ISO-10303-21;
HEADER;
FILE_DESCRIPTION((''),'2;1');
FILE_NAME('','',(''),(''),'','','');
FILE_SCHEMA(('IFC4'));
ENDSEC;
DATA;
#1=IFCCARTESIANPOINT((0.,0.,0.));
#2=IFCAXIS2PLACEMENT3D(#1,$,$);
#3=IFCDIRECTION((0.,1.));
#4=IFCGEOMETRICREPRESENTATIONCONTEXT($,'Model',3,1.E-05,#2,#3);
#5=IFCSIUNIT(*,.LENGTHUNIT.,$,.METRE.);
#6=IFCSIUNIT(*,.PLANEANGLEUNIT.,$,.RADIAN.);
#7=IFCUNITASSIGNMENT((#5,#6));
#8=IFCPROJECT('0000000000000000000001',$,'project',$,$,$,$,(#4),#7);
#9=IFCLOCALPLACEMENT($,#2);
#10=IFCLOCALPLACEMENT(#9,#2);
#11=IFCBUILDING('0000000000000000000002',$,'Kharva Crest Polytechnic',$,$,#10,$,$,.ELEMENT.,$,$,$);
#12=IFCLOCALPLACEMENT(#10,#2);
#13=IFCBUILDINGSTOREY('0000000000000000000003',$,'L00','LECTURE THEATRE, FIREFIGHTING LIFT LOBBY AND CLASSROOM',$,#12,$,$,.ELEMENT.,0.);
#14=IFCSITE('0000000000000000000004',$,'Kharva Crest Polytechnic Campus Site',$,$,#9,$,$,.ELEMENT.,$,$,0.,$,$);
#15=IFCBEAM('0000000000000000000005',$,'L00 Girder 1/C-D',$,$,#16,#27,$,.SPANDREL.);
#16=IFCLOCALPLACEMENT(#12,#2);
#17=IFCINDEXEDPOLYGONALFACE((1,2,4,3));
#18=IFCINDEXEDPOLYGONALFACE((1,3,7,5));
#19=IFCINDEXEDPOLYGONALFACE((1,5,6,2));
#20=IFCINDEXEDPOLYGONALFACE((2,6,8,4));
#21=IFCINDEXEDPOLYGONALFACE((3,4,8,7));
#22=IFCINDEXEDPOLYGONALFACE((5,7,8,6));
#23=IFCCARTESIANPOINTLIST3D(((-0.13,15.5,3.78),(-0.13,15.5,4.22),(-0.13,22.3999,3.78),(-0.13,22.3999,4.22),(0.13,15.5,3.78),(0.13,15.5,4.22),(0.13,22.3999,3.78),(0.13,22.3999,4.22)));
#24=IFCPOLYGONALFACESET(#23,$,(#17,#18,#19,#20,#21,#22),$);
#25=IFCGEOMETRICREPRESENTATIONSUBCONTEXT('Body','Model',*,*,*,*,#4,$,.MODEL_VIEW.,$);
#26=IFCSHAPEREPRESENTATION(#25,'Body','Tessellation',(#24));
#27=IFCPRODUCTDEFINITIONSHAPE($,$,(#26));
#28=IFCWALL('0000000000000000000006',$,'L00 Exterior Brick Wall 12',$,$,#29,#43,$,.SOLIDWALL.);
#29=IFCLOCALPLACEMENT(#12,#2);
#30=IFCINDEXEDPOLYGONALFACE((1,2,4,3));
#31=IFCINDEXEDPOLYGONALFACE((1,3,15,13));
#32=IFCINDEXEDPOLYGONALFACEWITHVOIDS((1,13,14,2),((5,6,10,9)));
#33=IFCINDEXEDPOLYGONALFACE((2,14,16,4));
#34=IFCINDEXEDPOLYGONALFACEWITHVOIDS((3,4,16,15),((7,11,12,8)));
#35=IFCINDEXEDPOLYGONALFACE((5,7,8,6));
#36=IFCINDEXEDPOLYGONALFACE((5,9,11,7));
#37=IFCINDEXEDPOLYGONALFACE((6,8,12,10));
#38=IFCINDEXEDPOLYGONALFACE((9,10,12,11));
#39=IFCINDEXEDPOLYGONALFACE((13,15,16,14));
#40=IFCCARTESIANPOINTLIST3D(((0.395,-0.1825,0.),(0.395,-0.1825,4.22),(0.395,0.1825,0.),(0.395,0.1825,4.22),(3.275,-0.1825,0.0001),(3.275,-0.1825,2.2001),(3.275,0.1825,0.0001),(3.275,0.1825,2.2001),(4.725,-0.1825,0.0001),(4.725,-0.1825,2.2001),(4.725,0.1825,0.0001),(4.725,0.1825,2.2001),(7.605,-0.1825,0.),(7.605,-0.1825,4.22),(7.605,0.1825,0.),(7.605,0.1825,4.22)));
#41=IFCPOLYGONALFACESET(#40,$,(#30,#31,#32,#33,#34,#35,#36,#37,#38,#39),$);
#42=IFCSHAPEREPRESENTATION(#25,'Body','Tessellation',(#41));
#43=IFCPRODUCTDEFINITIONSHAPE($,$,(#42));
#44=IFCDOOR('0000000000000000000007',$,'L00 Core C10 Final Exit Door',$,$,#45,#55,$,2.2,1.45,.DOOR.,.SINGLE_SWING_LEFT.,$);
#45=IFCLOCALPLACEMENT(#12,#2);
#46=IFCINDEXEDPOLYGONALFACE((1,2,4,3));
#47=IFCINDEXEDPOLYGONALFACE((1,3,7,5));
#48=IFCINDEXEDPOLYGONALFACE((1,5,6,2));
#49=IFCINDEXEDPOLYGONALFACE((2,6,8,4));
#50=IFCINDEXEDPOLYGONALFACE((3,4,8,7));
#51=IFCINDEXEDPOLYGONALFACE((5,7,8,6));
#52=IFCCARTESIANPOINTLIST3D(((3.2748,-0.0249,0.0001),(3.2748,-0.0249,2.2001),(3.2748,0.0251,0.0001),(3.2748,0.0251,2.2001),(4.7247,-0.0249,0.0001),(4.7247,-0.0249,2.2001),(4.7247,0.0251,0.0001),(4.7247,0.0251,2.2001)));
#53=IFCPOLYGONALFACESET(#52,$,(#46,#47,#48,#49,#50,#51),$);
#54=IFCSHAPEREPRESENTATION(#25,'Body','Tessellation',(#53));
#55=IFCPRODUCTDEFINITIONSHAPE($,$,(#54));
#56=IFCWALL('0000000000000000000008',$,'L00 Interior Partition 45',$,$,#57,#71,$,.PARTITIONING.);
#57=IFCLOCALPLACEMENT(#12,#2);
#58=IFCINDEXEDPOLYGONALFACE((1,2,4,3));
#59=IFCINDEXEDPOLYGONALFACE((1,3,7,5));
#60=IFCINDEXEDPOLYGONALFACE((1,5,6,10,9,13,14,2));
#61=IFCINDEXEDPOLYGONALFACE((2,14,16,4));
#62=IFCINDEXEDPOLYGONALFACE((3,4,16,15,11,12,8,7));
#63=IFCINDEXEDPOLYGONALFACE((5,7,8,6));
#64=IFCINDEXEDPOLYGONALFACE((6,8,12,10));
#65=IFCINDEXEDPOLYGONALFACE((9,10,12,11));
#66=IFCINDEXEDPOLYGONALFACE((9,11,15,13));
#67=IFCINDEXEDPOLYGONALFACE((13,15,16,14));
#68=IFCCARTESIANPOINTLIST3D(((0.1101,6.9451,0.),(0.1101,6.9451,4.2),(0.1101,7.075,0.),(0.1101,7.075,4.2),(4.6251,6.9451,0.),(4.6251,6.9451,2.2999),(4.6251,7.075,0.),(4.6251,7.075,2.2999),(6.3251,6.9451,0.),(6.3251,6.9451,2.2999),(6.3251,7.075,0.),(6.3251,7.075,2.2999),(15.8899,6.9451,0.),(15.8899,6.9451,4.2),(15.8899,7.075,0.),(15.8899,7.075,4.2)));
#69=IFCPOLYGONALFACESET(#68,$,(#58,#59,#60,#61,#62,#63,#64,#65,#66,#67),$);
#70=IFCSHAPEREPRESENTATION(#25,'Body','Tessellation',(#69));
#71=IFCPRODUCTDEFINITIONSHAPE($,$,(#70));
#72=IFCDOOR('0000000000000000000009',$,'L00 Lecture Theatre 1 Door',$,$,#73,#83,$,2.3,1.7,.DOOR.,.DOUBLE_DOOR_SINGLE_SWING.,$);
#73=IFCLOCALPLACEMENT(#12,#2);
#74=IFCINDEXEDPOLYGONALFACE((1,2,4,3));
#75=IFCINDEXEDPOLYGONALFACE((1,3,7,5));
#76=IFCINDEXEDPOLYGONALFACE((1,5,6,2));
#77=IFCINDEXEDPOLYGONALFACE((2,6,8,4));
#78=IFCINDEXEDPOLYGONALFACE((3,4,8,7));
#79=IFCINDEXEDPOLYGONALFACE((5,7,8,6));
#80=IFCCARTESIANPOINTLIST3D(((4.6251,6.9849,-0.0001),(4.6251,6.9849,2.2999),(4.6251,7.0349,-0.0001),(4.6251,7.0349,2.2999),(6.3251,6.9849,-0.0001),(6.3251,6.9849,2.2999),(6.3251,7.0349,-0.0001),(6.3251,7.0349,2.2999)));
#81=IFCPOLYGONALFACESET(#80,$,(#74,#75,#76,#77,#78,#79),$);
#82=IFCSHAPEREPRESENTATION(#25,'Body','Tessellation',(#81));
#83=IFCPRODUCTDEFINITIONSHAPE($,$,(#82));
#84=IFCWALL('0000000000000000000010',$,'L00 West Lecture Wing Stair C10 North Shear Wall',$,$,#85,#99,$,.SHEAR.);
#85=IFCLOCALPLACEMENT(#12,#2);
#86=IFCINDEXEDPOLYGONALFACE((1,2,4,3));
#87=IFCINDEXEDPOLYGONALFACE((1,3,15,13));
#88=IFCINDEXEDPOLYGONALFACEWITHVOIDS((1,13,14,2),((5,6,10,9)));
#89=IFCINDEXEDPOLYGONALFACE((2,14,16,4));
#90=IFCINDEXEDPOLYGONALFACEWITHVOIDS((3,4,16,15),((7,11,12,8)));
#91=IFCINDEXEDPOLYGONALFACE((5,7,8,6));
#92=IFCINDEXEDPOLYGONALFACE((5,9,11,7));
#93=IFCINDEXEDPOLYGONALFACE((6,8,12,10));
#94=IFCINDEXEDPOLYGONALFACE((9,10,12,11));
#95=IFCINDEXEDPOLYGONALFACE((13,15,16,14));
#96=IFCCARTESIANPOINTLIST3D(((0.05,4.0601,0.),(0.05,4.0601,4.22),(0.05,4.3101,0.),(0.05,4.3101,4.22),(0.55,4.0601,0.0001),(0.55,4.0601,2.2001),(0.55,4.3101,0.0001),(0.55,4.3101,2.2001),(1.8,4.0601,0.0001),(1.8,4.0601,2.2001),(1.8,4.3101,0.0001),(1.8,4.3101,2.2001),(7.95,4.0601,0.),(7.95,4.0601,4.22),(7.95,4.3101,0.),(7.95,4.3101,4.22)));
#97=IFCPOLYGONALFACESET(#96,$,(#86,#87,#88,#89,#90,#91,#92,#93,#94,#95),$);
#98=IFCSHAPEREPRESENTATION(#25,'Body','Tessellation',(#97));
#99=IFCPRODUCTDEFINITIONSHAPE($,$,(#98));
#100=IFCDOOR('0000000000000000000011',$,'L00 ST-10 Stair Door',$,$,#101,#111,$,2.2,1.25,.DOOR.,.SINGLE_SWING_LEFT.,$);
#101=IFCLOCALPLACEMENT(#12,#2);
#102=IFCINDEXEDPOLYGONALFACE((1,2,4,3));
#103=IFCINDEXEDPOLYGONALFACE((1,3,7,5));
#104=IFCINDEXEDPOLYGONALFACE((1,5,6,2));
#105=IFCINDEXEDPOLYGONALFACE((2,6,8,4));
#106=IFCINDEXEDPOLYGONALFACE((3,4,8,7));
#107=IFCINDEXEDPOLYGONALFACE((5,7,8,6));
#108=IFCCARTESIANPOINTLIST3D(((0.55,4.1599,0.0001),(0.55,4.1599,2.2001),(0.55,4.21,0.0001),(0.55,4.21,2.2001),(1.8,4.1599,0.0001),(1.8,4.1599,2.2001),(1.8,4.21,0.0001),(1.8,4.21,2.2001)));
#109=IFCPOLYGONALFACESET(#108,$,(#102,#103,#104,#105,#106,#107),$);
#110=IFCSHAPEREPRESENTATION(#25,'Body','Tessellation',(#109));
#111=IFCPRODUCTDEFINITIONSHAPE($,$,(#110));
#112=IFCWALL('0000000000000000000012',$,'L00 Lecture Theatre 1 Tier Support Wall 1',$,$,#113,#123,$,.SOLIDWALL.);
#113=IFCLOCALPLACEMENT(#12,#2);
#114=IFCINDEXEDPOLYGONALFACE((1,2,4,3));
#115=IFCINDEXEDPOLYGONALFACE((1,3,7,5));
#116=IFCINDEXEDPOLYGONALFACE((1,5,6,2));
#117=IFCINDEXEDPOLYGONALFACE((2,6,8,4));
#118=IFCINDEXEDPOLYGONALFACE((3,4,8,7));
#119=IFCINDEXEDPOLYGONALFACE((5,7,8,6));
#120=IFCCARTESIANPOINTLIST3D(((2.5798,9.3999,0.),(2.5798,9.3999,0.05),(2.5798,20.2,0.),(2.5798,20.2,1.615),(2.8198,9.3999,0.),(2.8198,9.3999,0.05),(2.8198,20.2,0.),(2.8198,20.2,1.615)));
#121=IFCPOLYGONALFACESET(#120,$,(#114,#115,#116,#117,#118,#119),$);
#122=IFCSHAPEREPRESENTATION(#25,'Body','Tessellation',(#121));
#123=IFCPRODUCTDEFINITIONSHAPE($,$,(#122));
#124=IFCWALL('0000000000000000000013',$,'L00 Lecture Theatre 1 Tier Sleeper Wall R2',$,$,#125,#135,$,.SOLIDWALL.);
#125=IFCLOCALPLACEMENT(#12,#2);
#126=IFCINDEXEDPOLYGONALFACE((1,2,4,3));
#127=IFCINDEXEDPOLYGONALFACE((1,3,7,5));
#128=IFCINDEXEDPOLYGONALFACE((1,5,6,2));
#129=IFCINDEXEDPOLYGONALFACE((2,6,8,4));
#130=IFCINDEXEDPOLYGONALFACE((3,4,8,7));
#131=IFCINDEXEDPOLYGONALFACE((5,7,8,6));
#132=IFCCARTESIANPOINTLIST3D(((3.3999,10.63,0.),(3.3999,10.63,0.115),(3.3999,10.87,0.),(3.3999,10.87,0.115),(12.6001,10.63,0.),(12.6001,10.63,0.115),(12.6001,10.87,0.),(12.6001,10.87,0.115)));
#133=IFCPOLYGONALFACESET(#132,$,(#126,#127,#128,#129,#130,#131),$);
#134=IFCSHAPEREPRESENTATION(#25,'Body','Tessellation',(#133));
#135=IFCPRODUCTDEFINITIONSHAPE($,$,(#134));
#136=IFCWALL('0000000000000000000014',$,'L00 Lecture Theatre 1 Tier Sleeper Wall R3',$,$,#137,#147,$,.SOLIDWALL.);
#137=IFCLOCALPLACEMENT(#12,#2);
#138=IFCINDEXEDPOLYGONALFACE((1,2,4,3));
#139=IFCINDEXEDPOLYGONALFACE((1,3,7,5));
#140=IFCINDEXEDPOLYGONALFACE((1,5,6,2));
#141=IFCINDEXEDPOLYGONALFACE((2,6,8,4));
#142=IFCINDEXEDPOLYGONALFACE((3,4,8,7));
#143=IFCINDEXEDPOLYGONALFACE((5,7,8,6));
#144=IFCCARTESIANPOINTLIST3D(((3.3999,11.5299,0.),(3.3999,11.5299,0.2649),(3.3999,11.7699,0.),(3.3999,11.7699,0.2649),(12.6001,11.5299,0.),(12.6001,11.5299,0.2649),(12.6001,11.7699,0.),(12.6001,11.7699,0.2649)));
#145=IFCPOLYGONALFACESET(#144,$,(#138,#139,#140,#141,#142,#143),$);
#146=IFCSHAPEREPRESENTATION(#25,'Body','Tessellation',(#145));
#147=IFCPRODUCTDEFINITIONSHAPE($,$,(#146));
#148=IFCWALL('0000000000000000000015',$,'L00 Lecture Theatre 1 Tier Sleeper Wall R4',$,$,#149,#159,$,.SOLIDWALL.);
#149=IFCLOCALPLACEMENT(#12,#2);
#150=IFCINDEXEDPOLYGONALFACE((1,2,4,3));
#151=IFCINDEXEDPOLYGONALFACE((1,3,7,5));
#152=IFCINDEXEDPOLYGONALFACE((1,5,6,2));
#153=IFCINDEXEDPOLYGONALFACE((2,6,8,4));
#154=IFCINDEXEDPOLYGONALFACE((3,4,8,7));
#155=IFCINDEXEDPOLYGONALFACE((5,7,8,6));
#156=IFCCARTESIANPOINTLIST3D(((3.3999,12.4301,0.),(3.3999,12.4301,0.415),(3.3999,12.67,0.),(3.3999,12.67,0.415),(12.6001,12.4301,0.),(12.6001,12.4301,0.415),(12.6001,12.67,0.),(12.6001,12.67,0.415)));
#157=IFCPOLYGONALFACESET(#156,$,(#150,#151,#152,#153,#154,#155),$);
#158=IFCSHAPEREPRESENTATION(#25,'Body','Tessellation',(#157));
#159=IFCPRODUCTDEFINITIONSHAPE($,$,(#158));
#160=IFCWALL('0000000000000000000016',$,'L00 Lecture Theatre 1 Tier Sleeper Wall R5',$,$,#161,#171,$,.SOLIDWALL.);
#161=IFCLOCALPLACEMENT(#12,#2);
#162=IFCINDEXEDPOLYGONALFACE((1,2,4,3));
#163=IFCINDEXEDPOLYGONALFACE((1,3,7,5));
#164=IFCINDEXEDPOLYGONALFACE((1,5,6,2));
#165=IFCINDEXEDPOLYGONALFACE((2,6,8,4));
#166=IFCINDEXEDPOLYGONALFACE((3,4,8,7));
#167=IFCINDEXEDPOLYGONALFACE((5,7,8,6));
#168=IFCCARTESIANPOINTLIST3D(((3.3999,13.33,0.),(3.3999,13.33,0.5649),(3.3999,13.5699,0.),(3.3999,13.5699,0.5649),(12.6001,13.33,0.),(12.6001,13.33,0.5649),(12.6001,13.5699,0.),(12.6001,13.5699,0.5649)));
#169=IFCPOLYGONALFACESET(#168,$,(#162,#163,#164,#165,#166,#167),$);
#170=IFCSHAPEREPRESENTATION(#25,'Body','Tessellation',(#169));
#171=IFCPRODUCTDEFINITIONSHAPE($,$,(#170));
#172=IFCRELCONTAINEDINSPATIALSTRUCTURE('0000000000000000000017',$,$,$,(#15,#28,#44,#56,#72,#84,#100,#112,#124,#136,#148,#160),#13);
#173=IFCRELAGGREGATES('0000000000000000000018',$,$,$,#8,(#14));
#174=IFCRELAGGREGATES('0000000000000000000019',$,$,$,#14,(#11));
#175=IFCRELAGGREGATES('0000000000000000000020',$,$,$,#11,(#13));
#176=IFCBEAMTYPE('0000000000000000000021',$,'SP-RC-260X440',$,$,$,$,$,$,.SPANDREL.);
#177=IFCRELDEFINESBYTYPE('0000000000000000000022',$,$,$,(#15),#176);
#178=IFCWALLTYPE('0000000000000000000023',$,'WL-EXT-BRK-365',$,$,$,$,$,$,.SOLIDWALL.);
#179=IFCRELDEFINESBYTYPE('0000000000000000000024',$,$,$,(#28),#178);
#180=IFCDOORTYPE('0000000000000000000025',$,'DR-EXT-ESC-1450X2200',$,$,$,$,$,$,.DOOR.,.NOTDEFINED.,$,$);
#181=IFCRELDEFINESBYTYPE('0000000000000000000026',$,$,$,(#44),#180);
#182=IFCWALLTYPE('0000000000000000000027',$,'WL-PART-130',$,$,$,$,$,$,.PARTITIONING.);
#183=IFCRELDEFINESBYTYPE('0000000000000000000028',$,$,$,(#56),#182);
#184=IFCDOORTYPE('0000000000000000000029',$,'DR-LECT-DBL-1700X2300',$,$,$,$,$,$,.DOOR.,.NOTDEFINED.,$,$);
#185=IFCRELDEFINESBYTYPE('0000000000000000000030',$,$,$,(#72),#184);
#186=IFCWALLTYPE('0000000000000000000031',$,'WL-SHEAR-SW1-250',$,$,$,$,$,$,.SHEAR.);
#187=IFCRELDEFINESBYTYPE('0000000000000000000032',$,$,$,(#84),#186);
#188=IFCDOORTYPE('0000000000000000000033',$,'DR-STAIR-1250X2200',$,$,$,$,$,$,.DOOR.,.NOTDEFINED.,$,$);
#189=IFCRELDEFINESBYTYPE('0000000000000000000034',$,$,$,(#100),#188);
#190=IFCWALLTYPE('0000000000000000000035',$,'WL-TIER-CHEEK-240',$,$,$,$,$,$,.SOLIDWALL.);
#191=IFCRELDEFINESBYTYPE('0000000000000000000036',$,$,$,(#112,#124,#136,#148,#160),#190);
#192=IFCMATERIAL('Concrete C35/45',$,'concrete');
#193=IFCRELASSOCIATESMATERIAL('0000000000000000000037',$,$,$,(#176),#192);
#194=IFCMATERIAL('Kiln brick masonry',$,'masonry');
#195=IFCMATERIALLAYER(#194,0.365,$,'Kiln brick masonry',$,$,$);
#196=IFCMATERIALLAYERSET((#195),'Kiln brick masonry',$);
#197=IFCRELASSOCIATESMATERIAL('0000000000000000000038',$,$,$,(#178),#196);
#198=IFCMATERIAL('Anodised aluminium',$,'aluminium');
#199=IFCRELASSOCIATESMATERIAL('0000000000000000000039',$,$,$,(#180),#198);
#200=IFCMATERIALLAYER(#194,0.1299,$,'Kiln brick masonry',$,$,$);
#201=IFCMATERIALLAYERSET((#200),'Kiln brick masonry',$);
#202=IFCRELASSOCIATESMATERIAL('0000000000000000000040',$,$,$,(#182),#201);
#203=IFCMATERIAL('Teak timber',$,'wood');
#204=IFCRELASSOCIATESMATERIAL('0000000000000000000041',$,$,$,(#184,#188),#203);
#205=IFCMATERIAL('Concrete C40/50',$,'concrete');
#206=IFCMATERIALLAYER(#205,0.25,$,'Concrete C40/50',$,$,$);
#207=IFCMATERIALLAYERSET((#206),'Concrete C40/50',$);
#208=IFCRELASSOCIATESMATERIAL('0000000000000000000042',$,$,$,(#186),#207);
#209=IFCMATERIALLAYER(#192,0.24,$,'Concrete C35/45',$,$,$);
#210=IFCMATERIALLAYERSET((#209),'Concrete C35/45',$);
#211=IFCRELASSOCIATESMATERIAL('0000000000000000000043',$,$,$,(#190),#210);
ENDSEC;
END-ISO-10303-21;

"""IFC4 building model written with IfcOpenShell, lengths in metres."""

from ifc_helpers import new_model, si_unit, direction, frame, frame_2d, origin, origin_2d, place, context, subcontext, project, spatial, polyline, rectangle, outline, extrude, material, layer, layer_set, material_profile, profile_set, type_object, element, fill, save


model = new_model("IFC4")

# Units and contexts
model_context = context("Model", 3, precision=1e-05, world=origin(), true_north=direction((0.0, 1.0)))
body_context = subcontext(model_context, "Body", "Model", "MODEL_VIEW")
ifc_project = project(units=[si_unit("LENGTHUNIT", "METRE"), si_unit("PLANEANGLEUNIT", "RADIAN")], contexts=[model_context])

# Site, building, storey
site_placement = place(None, origin())
site = spatial("IfcSite", under=ifc_project, at=site_placement, Name="Kharva Crest Polytechnic Campus Site", CompositionType="ELEMENT", RefElevation=0.0)
building_placement = place(site_placement, origin())
building = spatial("IfcBuilding", under=site, at=building_placement, Name="Kharva Crest Polytechnic", CompositionType="ELEMENT")
storey_placement = place(building_placement, origin())
storey = spatial("IfcBuildingStorey", under=building, at=storey_placement, Name="L00", Description="LECTURE THEATRE, FIREFIGHTING LIFT LOBBY AND CLASSROOM", CompositionType="ELEMENT", Elevation=0.0)

# Shared definitions
ifc_material_1 = material(Name="Concrete C35/45", Category="concrete")

# Shared definitions
ifc_material_2 = material(Name="Concrete C40/50", Category="concrete")

# Beam
ifc_material_profile_1 = material_profile(ifc_material_1, rectangle(XDim=0.26, YDim=0.4399, at=origin_2d()), Name="RECT 260 X 440")
ifc_profile_set_1 = profile_set([ifc_material_profile_1], Name="Concrete C35/45")
beam_type_1 = type_object("IfcBeamType", Name="SP-RC-260X440", PredefinedType="SPANDREL", material=ifc_profile_set_1)
beam_1_placement = place(storey_placement, frame((0.0, 15.5, 4.0), z_axis=(0.0, 1.0, 0.0), x_axis=(-1.0, 0.0, 0.0)))
element("IfcBeam", 1, at=beam_1_placement, inside=storey, type_object=beam_type_1, Name="L00 Girder 1/C-D", PredefinedType="SPANDREL", context=body_context, shape_type="SweptSolid", body=[
    extrude(rectangle(XDim=0.26, YDim=0.4399, at=origin_2d()), origin(), (0.0, 0.0, 1.0), 6.8999),
])

# Walls, openings, doors
ifc_material_3 = material(Name="Kiln brick masonry", Category="masonry")
ifc_layer_1 = layer(ifc_material_3, 0.365, Name="Kiln brick masonry")
ifc_layer_set_1 = layer_set([ifc_layer_1], Name="Kiln brick masonry")
wall_type_1 = type_object("IfcWallType", Name="WL-EXT-BRK-365", PredefinedType="SOLIDWALL", material=ifc_layer_set_1)
wall_1_placement = place(storey_placement, frame((0.395, 0.0, 0.0), z_axis=(0.0, 0.0, 1.0), x_axis=(1.0, 0.0, 0.0)))
wall_1 = element("IfcWall", 2, at=wall_1_placement, inside=storey, type_object=wall_type_1, Name="L00 Exterior Brick Wall 12", PredefinedType="SOLIDWALL", context=body_context, shape_type="SweptSolid", body=[
    extrude(rectangle(XDim=7.21, YDim=0.365, at=frame_2d((3.605, 0.0))), origin(), (0.0, 0.0, 1.0), 4.22),
])
opening_1_placement = place(wall_1_placement, frame((2.8799, 0.0, 0.0)))
opening_1 = element("IfcOpeningElement", 3, at=opening_1_placement, cuts=wall_1, PredefinedType="OPENING", context=body_context, shape_type="SweptSolid", body=[
    extrude(rectangle(XDim=1.45, YDim=2.2, at=frame_2d((0.7251, 1.1001))), frame((0.0, 0.1924, 0.0), z_axis=(0.0, -1.0, 0.0), x_axis=(1.0, 0.0, 0.0)), (0.0, 0.0, 1.0), 0.385),
])
ifc_material_4 = material(Name="Anodised aluminium", Category="aluminium")
door_type_1 = type_object("IfcDoorType", Name="DR-EXT-ESC-1450X2200", OperationType="NOTDEFINED", PredefinedType="DOOR", material=ifc_material_4)
door_1_placement = place(opening_1_placement, frame((1.45, 0.0, 0.0), z_axis=(0.0, 0.0, 1.0), x_axis=(-1.0, 0.0, 0.0)))
door_1 = element("IfcDoor", 4, at=door_1_placement, inside=storey, type_object=door_type_1, Name="L00 Core C10 Final Exit Door", OperationType="SINGLE_SWING_LEFT", OverallHeight=2.2, OverallWidth=1.45, PredefinedType="DOOR", context=body_context, shape_type="SweptSolid", body=[
    extrude(rectangle(XDim=1.45, YDim=2.2, at=frame_2d((0.7251, 1.1001))), frame((0.0, 0.0249, 0.0), z_axis=(0.0, -1.0, 0.0), x_axis=(1.0, 0.0, 0.0)), (0.0, 0.0, 1.0), 0.05),
])
fill(opening_1, door_1)
ifc_layer_2 = layer(ifc_material_3, 0.1299, Name="Kiln brick masonry")
ifc_layer_set_2 = layer_set([ifc_layer_2], Name="Kiln brick masonry")
wall_type_2 = type_object("IfcWallType", Name="WL-PART-130", PredefinedType="PARTITIONING", material=ifc_layer_set_2)
wall_2_placement = place(storey_placement, frame((0.1101, 7.01, 0.0), z_axis=(0.0, 0.0, 1.0), x_axis=(1.0, 0.0, 0.0)))
wall_2 = element("IfcWall", 5, at=wall_2_placement, inside=storey, type_object=wall_type_2, Name="L00 Interior Partition 45", PredefinedType="PARTITIONING", context=body_context, shape_type="SweptSolid", body=[
    extrude(rectangle(XDim=15.7798, YDim=0.1299, at=frame_2d((7.8899, 0.0))), origin(), (0.0, 0.0, 1.0), 4.2),
])
opening_2_placement = place(wall_2_placement, frame((4.5149, 0.0, 0.0)))
opening_2 = element("IfcOpeningElement", 6, at=opening_2_placement, cuts=wall_2, PredefinedType="OPENING", context=body_context, shape_type="SweptSolid", body=[
    extrude(rectangle(XDim=1.7, YDim=2.3, at=frame_2d((0.8501, 1.1499))), frame((0.0, 0.075, 0.0), z_axis=(0.0, -1.0, 0.0), x_axis=(1.0, 0.0, 0.0)), (0.0, 0.0, 1.0), 0.1499),
])
ifc_material_5 = material(Name="Teak timber", Category="wood")
door_type_2 = type_object("IfcDoorType", Name="DR-LECT-DBL-1700X2300", OperationType="NOTDEFINED", PredefinedType="DOOR", material=ifc_material_5)
door_2_placement = place(opening_2_placement, origin())
door_2 = element("IfcDoor", 7, at=door_2_placement, inside=storey, type_object=door_type_2, Name="L00 Lecture Theatre 1 Door", OperationType="DOUBLE_DOOR_SINGLE_SWING", OverallHeight=2.3, OverallWidth=1.7, PredefinedType="DOOR", context=body_context, shape_type="SweptSolid", body=[
    extrude(rectangle(XDim=1.7, YDim=2.3, at=frame_2d((0.8501, 1.1499))), frame((0.0, 0.0249, 0.0), z_axis=(0.0, -1.0, 0.0), x_axis=(1.0, 0.0, 0.0)), (0.0, 0.0, 1.0), 0.05),
])
fill(opening_2, door_2)
ifc_layer_3 = layer(ifc_material_2, 0.25, Name="Concrete C40/50")
ifc_layer_set_3 = layer_set([ifc_layer_3], Name="Concrete C40/50")
wall_type_3 = type_object("IfcWallType", Name="WL-SHEAR-SW1-250", PredefinedType="SHEAR", material=ifc_layer_set_3)
wall_3_placement = place(storey_placement, frame((0.05, 4.1851, 0.0), z_axis=(0.0, 0.0, 1.0), x_axis=(1.0, 0.0, 0.0)))
wall_3 = element("IfcWall", 8, at=wall_3_placement, inside=storey, type_object=wall_type_3, Name="L00 West Lecture Wing Stair C10 North Shear Wall", PredefinedType="SHEAR", context=body_context, shape_type="SweptSolid", body=[
    extrude(rectangle(XDim=7.8999, YDim=0.25, at=frame_2d((3.95, 0.0))), origin(), (0.0, 0.0, 1.0), 4.22),
])
opening_3_placement = place(wall_3_placement, frame((0.5, 0.0, 0.0)))
opening_3 = element("IfcOpeningElement", 9, at=opening_3_placement, cuts=wall_3, PredefinedType="OPENING", context=body_context, shape_type="SweptSolid", body=[
    extrude(rectangle(XDim=1.25, YDim=2.2, at=frame_2d((0.625, 1.1001))), frame((0.0, 0.135, 0.0), z_axis=(0.0, -1.0, 0.0), x_axis=(1.0, 0.0, 0.0)), (0.0, 0.0, 1.0), 0.27),
])
door_type_3 = type_object("IfcDoorType", Name="DR-STAIR-1250X2200", OperationType="NOTDEFINED", PredefinedType="DOOR", material=ifc_material_5)
door_3_placement = place(opening_3_placement, origin())
door_3 = element("IfcDoor", 10, at=door_3_placement, inside=storey, type_object=door_type_3, Name="L00 ST-10 Stair Door", OperationType="SINGLE_SWING_LEFT", OverallHeight=2.2, OverallWidth=1.25, PredefinedType="DOOR", context=body_context, shape_type="SweptSolid", body=[
    extrude(rectangle(XDim=1.25, YDim=2.2, at=frame_2d((0.625, 1.1001))), frame((0.0, 0.0249, 0.0), z_axis=(0.0, -1.0, 0.0), x_axis=(1.0, 0.0, 0.0)), (0.0, 0.0, 1.0), 0.05),
])
fill(opening_3, door_3)

# Walls
ifc_layer_4 = layer(ifc_material_1, 0.24, Name="Concrete C35/45")
ifc_layer_set_4 = layer_set([ifc_layer_4], Name="Concrete C35/45")
wall_type_4 = type_object("IfcWallType", Name="WL-TIER-CHEEK-240", PredefinedType="SOLIDWALL", material=ifc_layer_set_4)
wall_4_placement = place(storey_placement, frame((2.7, 9.3999, 0.0), z_axis=(0.0, 0.0, 1.0), x_axis=(0.0, 1.0, 0.0)))
element("IfcWall", 11, at=wall_4_placement, inside=storey, type_object=wall_type_4, Name="L00 Lecture Theatre 1 Tier Support Wall 1", PredefinedType="SOLIDWALL", context=body_context, shape_type="SweptSolid", body=[
    extrude(outline(polyline([(0.0, 0.0), (10.8, 0.0), (10.8, 1.615), (0.0, 0.05), (0.0, 0.0)])), frame((0.0, 0.1201, 0.0), z_axis=(0.0, -1.0, 0.0), x_axis=(1.0, 0.0, 0.0)), (0.0, 0.0, 1.0), 0.24),
])
wall_5_placement = place(storey_placement, frame((3.3999, 10.75, 0.0), z_axis=(0.0, 0.0, 1.0), x_axis=(1.0, 0.0, 0.0)))
element("IfcWall", 12, at=wall_5_placement, inside=storey, type_object=wall_type_4, Name="L00 Lecture Theatre 1 Tier Sleeper Wall R2", PredefinedType="SOLIDWALL", context=body_context, shape_type="SweptSolid", body=[
    extrude(rectangle(XDim=9.2002, YDim=0.24, at=frame_2d((4.6001, 0.0))), origin(), (0.0, 0.0, 1.0), 0.115),
])
wall_6_placement = place(storey_placement, frame((3.3999, 11.6499, 0.0), z_axis=(0.0, 0.0, 1.0), x_axis=(1.0, 0.0, 0.0)))
element("IfcWall", 13, at=wall_6_placement, inside=storey, type_object=wall_type_4, Name="L00 Lecture Theatre 1 Tier Sleeper Wall R3", PredefinedType="SOLIDWALL", context=body_context, shape_type="SweptSolid", body=[
    extrude(rectangle(XDim=9.2002, YDim=0.24, at=frame_2d((4.6001, 0.0))), origin(), (0.0, 0.0, 1.0), 0.2649),
])
wall_7_placement = place(storey_placement, frame((3.3999, 12.55, 0.0), z_axis=(0.0, 0.0, 1.0), x_axis=(1.0, 0.0, 0.0)))
element("IfcWall", 14, at=wall_7_placement, inside=storey, type_object=wall_type_4, Name="L00 Lecture Theatre 1 Tier Sleeper Wall R4", PredefinedType="SOLIDWALL", context=body_context, shape_type="SweptSolid", body=[
    extrude(rectangle(XDim=9.2002, YDim=0.24, at=frame_2d((4.6001, 0.0))), origin(), (0.0, 0.0, 1.0), 0.415),
])
wall_8_placement = place(storey_placement, frame((3.3999, 13.45, 0.0), z_axis=(0.0, 0.0, 1.0), x_axis=(1.0, 0.0, 0.0)))
element("IfcWall", 15, at=wall_8_placement, inside=storey, type_object=wall_type_4, Name="L00 Lecture Theatre 1 Tier Sleeper Wall R5", PredefinedType="SOLIDWALL", context=body_context, shape_type="SweptSolid", body=[
    extrude(rectangle(XDim=9.2002, YDim=0.24, at=frame_2d((4.6001, 0.0))), origin(), (0.0, 0.0, 1.0), 0.5649),
])

save(model, "model.ifc")
